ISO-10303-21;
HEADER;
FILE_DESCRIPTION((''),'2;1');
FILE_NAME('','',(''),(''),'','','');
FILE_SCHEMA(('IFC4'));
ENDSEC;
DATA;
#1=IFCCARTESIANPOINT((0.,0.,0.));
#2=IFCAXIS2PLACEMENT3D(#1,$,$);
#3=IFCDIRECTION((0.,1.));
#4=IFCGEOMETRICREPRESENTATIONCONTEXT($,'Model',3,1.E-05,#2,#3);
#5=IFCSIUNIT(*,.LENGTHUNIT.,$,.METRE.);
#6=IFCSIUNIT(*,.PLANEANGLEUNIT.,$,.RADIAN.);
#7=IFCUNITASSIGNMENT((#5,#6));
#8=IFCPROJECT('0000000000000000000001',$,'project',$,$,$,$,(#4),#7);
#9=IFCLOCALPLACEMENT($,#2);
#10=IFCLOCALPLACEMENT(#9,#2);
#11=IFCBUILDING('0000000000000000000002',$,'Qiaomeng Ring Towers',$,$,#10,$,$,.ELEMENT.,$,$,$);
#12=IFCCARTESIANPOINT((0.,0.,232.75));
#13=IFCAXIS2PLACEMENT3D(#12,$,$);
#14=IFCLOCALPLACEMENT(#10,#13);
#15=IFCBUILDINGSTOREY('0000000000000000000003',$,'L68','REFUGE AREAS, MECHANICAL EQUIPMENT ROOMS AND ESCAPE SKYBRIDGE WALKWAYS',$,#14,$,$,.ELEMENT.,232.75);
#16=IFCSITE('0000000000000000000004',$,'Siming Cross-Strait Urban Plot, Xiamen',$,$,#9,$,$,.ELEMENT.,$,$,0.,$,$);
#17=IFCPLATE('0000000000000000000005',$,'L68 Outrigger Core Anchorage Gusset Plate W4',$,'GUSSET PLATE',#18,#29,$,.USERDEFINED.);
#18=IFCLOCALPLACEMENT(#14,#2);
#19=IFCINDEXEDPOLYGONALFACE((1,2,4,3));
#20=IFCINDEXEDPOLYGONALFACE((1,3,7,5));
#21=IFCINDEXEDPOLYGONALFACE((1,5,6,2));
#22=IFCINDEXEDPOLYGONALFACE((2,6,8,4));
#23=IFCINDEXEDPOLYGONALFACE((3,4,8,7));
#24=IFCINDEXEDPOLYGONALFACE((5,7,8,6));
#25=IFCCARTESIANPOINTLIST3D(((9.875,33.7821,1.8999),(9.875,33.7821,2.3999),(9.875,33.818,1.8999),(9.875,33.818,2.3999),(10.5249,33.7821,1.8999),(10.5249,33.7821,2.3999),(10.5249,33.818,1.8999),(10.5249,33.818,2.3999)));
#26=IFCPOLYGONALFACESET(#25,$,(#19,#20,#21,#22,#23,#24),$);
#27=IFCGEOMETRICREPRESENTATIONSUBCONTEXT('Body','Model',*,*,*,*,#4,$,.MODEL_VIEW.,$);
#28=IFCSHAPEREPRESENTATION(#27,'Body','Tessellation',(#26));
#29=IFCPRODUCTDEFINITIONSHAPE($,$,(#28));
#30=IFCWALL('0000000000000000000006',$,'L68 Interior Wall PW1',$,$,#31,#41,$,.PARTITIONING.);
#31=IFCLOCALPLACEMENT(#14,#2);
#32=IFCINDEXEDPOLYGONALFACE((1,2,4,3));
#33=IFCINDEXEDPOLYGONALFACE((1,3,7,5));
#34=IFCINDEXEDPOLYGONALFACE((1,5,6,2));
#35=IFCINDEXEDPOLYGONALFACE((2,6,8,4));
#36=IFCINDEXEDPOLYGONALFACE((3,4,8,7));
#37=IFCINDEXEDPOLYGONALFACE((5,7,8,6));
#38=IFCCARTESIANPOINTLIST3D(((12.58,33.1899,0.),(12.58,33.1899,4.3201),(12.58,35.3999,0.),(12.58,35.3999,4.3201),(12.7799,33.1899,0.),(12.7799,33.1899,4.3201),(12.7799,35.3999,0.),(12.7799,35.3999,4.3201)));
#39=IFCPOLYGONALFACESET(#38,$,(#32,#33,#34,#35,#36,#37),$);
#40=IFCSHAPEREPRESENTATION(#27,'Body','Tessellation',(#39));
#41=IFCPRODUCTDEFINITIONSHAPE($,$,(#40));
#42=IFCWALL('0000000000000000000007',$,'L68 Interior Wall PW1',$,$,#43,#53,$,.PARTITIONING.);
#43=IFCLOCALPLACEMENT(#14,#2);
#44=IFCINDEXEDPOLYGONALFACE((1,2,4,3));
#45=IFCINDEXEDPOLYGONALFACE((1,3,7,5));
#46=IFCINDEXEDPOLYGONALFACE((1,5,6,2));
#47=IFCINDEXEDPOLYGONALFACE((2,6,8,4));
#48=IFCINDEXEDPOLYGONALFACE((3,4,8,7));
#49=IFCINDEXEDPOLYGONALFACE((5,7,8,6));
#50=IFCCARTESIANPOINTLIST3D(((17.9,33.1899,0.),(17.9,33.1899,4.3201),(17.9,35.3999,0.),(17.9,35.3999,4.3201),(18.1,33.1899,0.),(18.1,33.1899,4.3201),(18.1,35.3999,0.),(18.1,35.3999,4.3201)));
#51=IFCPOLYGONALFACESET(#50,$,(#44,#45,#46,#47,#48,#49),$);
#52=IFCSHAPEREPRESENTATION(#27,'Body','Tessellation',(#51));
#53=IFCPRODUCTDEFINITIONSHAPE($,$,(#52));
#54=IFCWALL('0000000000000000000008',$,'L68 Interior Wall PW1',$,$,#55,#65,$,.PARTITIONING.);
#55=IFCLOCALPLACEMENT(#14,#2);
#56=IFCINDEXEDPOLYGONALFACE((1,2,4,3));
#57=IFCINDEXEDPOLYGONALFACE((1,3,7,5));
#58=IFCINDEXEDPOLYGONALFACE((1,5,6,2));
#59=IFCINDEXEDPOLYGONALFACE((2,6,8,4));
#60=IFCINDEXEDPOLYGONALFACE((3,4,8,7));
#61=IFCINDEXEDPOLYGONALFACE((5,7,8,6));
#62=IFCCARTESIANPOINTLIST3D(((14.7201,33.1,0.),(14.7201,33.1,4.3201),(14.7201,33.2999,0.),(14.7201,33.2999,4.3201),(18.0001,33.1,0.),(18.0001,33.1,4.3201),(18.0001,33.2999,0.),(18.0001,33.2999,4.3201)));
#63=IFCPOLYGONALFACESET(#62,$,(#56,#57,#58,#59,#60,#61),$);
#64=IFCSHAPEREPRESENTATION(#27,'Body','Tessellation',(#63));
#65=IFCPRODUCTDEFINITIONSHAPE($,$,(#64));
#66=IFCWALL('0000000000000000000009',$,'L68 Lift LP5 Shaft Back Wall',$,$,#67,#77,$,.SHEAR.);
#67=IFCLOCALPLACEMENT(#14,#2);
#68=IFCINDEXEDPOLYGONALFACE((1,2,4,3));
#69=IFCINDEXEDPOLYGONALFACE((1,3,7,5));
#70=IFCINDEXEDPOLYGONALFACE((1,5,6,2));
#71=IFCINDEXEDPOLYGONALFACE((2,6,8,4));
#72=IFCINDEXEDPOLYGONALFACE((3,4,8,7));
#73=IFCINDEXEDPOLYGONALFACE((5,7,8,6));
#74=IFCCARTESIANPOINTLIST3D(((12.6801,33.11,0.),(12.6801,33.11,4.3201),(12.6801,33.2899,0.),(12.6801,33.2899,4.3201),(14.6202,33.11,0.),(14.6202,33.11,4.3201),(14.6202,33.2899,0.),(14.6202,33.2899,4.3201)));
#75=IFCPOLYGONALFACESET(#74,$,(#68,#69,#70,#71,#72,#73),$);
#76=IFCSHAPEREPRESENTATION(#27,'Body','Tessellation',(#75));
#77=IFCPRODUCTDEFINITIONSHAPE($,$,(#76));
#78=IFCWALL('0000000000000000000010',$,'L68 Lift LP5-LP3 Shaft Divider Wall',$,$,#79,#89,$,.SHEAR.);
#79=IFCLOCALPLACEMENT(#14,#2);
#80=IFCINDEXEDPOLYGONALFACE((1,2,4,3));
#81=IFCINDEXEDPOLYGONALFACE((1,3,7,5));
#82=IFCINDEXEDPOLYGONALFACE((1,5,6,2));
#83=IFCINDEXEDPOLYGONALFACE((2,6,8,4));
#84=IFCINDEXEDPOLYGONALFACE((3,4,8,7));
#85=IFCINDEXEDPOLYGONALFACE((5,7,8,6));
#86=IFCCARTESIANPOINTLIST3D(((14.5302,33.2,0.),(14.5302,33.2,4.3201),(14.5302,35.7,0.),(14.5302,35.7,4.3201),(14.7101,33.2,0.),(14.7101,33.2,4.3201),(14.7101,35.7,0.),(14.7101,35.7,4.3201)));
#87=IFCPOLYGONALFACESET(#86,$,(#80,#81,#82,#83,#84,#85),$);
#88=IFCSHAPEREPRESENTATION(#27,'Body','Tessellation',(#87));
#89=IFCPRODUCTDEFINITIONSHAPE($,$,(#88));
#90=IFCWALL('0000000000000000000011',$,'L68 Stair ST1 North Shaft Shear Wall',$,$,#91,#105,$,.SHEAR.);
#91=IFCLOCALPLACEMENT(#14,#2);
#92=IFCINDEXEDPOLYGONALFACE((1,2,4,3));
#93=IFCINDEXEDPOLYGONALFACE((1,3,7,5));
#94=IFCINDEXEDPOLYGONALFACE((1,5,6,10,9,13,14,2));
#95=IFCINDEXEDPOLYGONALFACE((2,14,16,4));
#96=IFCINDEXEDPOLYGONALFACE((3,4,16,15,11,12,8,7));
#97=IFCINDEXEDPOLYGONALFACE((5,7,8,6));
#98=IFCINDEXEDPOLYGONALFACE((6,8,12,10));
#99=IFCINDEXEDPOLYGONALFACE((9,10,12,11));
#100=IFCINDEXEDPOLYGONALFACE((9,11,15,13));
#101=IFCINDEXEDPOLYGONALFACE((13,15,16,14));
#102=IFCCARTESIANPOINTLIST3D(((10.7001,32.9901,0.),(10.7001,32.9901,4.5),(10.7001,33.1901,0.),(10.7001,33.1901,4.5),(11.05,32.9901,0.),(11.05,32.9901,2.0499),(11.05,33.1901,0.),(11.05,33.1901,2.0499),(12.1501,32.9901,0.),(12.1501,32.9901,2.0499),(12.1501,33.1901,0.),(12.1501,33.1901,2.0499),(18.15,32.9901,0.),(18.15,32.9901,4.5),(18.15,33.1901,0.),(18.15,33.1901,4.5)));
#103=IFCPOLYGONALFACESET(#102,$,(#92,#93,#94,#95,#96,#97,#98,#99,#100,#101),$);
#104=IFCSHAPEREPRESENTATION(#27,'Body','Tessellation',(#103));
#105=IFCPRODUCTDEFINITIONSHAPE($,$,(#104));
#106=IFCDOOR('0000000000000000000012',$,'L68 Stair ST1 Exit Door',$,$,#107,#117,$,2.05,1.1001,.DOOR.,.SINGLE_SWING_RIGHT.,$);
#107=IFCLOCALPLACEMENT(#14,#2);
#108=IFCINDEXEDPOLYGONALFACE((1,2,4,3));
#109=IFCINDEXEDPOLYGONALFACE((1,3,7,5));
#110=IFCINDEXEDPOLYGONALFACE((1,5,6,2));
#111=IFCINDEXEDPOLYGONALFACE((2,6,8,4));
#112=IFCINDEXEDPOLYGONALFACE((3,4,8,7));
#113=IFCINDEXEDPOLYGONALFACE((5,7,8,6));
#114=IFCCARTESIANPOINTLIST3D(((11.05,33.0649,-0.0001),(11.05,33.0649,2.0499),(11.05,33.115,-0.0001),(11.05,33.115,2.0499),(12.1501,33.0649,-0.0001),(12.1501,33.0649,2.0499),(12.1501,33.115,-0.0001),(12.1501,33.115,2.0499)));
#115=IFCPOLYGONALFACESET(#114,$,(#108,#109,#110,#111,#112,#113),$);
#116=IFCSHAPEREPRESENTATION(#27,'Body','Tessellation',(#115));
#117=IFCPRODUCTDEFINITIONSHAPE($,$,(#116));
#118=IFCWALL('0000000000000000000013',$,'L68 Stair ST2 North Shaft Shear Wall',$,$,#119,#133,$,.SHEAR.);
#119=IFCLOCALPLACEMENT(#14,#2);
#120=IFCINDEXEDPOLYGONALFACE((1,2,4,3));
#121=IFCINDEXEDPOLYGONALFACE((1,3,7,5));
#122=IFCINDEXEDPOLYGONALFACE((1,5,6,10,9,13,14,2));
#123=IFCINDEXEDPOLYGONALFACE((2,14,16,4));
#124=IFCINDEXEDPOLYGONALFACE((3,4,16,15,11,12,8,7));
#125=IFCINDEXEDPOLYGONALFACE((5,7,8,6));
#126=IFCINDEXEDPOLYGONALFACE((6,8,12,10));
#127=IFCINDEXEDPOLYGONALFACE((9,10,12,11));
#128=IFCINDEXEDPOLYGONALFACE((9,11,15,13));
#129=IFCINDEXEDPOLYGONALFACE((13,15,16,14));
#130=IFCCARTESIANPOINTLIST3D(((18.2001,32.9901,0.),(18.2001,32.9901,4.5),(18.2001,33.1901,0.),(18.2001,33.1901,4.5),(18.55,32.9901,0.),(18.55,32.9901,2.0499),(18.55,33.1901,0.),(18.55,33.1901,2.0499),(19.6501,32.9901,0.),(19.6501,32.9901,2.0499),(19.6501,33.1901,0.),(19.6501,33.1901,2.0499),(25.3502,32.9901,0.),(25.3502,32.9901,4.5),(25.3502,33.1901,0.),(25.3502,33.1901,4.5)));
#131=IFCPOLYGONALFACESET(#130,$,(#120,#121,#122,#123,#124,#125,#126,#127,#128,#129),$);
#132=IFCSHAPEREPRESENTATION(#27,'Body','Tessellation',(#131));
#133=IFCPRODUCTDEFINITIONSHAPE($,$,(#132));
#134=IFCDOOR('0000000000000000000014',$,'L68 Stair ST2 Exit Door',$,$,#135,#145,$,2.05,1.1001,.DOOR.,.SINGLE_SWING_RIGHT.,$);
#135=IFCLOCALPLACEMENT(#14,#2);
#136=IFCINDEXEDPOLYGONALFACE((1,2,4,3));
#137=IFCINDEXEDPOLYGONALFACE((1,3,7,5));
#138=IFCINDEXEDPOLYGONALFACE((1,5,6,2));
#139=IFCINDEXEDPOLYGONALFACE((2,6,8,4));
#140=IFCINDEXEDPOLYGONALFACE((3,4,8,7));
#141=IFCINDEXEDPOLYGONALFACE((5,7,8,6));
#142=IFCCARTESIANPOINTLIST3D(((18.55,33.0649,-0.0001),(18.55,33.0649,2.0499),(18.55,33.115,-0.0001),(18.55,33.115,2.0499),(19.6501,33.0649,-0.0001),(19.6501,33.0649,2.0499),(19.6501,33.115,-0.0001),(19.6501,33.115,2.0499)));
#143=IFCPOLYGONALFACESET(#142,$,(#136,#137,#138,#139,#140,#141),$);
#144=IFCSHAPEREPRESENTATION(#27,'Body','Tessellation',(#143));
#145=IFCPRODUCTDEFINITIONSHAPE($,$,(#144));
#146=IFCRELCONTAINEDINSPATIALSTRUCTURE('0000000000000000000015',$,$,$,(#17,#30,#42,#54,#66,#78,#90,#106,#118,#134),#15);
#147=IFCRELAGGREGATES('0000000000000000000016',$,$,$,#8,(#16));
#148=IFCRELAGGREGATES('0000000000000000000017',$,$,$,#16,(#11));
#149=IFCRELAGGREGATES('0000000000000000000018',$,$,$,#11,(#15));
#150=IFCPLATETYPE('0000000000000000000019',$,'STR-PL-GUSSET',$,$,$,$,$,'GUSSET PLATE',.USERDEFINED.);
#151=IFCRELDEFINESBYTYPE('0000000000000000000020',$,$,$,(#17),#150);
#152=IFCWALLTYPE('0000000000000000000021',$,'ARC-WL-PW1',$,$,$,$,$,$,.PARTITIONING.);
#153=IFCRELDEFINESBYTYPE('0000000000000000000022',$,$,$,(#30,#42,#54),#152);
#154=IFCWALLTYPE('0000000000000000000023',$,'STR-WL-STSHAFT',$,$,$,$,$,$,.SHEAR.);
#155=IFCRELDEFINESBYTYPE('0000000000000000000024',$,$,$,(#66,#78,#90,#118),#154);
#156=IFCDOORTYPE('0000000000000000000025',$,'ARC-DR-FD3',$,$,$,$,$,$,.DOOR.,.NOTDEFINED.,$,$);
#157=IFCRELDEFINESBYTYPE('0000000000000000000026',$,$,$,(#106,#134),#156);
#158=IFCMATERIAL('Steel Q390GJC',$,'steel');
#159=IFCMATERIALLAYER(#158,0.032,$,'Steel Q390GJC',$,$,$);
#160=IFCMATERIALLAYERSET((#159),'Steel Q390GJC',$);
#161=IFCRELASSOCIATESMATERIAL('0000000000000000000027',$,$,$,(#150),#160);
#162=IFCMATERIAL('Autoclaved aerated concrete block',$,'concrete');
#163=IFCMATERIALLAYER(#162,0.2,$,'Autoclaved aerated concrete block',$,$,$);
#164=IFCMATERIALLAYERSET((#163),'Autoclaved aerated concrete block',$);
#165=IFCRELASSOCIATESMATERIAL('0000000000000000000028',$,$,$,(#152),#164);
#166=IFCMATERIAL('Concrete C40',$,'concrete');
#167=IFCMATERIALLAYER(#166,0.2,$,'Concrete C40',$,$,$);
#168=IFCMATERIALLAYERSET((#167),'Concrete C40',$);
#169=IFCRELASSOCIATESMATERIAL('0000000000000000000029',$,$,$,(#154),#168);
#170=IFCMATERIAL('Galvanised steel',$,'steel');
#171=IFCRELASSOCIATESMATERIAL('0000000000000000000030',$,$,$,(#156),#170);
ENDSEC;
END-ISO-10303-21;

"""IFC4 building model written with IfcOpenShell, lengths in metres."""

from ifc_helpers import new_model, si_unit, direction, frame, frame_2d, origin, origin_2d, place, context, subcontext, project, spatial, rectangle, extrude, source, transform, mapped, material, layer, layer_set, type_object, element, fill, save


model = new_model("IFC4")

# Units and contexts
model_context = context("Model", 3, precision=1e-05, world=origin(), true_north=direction((0.0, 1.0)))
body_context = subcontext(model_context, "Body", "Model", "MODEL_VIEW")
ifc_project = project(units=[si_unit("LENGTHUNIT", "METRE"), si_unit("PLANEANGLEUNIT", "RADIAN")], contexts=[model_context])

# Site, building, storey
site_placement = place(None, origin())
site = spatial("IfcSite", under=ifc_project, at=site_placement, Name="Siming Cross-Strait Urban Plot, Xiamen", CompositionType="ELEMENT", RefElevation=0.0)
building_placement = place(site_placement, origin())
building = spatial("IfcBuilding", under=site, at=building_placement, Name="Qiaomeng Ring Towers", CompositionType="ELEMENT")
storey_placement = place(building_placement, frame((0.0, 0.0, 232.75)))
storey = spatial("IfcBuildingStorey", under=building, at=storey_placement, Name="L68", Description="REFUGE AREAS, MECHANICAL EQUIPMENT ROOMS AND ESCAPE SKYBRIDGE WALKWAYS", CompositionType="ELEMENT", Elevation=232.75)

# Shared definitions
ifc_material_1 = material(Name="Steel Q390GJC", Category="steel")

# Plate
ifc_layer_1 = layer(ifc_material_1, 0.032, Name="Steel Q390GJC")
ifc_layer_set_1 = layer_set([ifc_layer_1], Name="Steel Q390GJC")
plate_type = type_object("IfcPlateType", Name="STR-PL-GUSSET", ElementType="GUSSET PLATE", PredefinedType="USERDEFINED", material=ifc_layer_set_1)
shared_shape_1 = source(origin(), body_context, "Body", "SweptSolid", [
    extrude(rectangle(XDim=0.6499, YDim=0.0359, at=origin_2d()), origin(), (0.0, 0.0, 1.0), 0.5),
])
plate_placement = place(storey_placement, frame((10.2, 33.8, 1.8999), z_axis=(0.0, 0.0, 1.0), x_axis=(1.0, 0.0, 0.0)))
element("IfcPlate", 1, at=plate_placement, inside=storey, type_object=plate_type, Name="L68 Outrigger Core Anchorage Gusset Plate W4", ObjectType="GUSSET PLATE", PredefinedType="USERDEFINED", context=body_context, shape_type="MappedRepresentation", body=[
    mapped(shared_shape_1, transform((0.0, 0.0, 0.0), x_axis=(1.0, 0.0, 0.0), y_axis=(0.0, 1.0, 0.0), z_axis=(0.0, 0.0, 1.0), scale=1.0)),
])

# Walls
ifc_material_2 = material(Name="Autoclaved aerated concrete block", Category="concrete")
ifc_layer_2 = layer(ifc_material_2, 0.2, Name="Autoclaved aerated concrete block")
ifc_layer_set_2 = layer_set([ifc_layer_2], Name="Autoclaved aerated concrete block")
wall_type_1 = type_object("IfcWallType", Name="ARC-WL-PW1", PredefinedType="PARTITIONING", material=ifc_layer_set_2)
for number, where, z_axis, x_axis, name in (
    (2, (12.6799, 33.1899, 0.0), (0.0, 0.0, 1.0), (0.0, 1.0, 0.0), "L68 Interior Wall PW1"),
    (3, (18.0, 33.1899, 0.0), (0.0, 0.0, 1.0), (0.0, 1.0, 0.0), "L68 Interior Wall PW1"),
):
    element("IfcWall", number, at=place(storey_placement, frame(where, z_axis=z_axis, x_axis=x_axis)), inside=storey, type_object=wall_type_1, Name=name, PredefinedType="PARTITIONING", context=body_context, shape_type="SweptSolid", body=[
        extrude(rectangle(XDim=2.21, YDim=0.2, at=frame_2d((1.105, 0.0))), origin(), (0.0, 0.0, 1.0), 4.3201),
    ])
wall_1_placement = place(storey_placement, frame((14.72, 33.2, 0.0), z_axis=(0.0, 0.0, 1.0), x_axis=(1.0, 0.0, 0.0)))
element("IfcWall", 4, at=wall_1_placement, inside=storey, type_object=wall_type_1, Name="L68 Interior Wall PW1", PredefinedType="PARTITIONING", context=body_context, shape_type="SweptSolid", body=[
    extrude(rectangle(XDim=3.28, YDim=0.2, at=frame_2d((1.6401, 0.0))), origin(), (0.0, 0.0, 1.0), 4.3201),
])
ifc_material_3 = material(Name="Concrete C40", Category="concrete")
ifc_layer_3 = layer(ifc_material_3, 0.2, Name="Concrete C40")
ifc_layer_set_3 = layer_set([ifc_layer_3], Name="Concrete C40")
wall_type_2 = type_object("IfcWallType", Name="STR-WL-STSHAFT", PredefinedType="SHEAR", material=ifc_layer_set_3)
wall_2_placement = place(storey_placement, frame((12.6799, 33.2, 0.0), z_axis=(0.0, 0.0, 1.0), x_axis=(1.0, 0.0, 0.0)))
element("IfcWall", 5, at=wall_2_placement, inside=storey, type_object=wall_type_2, Name="L68 Lift LP5 Shaft Back Wall", PredefinedType="SHEAR", context=body_context, shape_type="SweptSolid", body=[
    extrude(rectangle(XDim=1.9402, YDim=0.1799, at=frame_2d((0.9702, 0.0))), origin(), (0.0, 0.0, 1.0), 4.3201),
])
wall_3_placement = place(storey_placement, frame((14.6201, 33.2, 0.0), z_axis=(0.0, 0.0, 1.0), x_axis=(0.0, 1.0, 0.0)))
element("IfcWall", 6, at=wall_3_placement, inside=storey, type_object=wall_type_2, Name="L68 Lift LP5-LP3 Shaft Divider Wall", PredefinedType="SHEAR", context=body_context, shape_type="SweptSolid", body=[
    extrude(rectangle(XDim=2.5, YDim=0.1799, at=frame_2d((1.25, 0.0))), origin(), (0.0, 0.0, 1.0), 4.3201),
])

# Walls, openings, doors
wall_4_placement = place(storey_placement, frame((10.7, 33.0901, 0.0), z_axis=(0.0, 0.0, 1.0), x_axis=(1.0, 0.0, 0.0)))
wall_4 = element("IfcWall", 7, at=wall_4_placement, inside=storey, type_object=wall_type_2, Name="L68 Stair ST1 North Shaft Shear Wall", PredefinedType="SHEAR", context=body_context, shape_type="SweptSolid", body=[
    extrude(rectangle(XDim=7.45, YDim=0.2, at=frame_2d((3.7251, 0.0))), origin(), (0.0, 0.0, 1.0), 4.5),
])
opening_1_placement = place(wall_4_placement, frame((0.3501, 0.0, 0.0)))
opening_1 = element("IfcOpeningElement", 8, at=opening_1_placement, cuts=wall_4, PredefinedType="OPENING", context=body_context, shape_type="SweptSolid", body=[
    extrude(rectangle(XDim=1.1001, YDim=2.05, at=frame_2d((0.55, 1.0249))), frame((0.0, 0.1099, 0.0), z_axis=(0.0, -1.0, 0.0), x_axis=(1.0, 0.0, 0.0)), (0.0, 0.0, 1.0), 0.22),
])
ifc_material_4 = material(Name="Galvanised steel", Category="steel")
door_type_1 = type_object("IfcDoorType", Name="ARC-DR-FD3", OperationType="NOTDEFINED", PredefinedType="DOOR", material=ifc_material_4)
shared_shape_2 = source(origin(), body_context, "Body", "SweptSolid", [
    extrude(rectangle(XDim=1.1001, YDim=2.05, at=frame_2d((0.55, 1.0249))), frame((0.0, 0.0249, 0.0), z_axis=(0.0, -1.0, 0.0), x_axis=(1.0, 0.0, 0.0)), (0.0, 0.0, 1.0), 0.05),
])
door_1_placement = place(opening_1_placement, origin())
door_1 = element("IfcDoor", 9, at=door_1_placement, inside=storey, type_object=door_type_1, Name="L68 Stair ST1 Exit Door", OperationType="SINGLE_SWING_RIGHT", OverallHeight=2.05, OverallWidth=1.1001, PredefinedType="DOOR", context=body_context, shape_type="MappedRepresentation", body=[
    mapped(shared_shape_2, transform((0.0, 0.0, 0.0), x_axis=(1.0, 0.0, 0.0), y_axis=(0.0, 1.0, 0.0), z_axis=(0.0, 0.0, 1.0), scale=1.0)),
])
fill(opening_1, door_1)
wall_5_placement = place(storey_placement, frame((18.2, 33.0901, 0.0), z_axis=(0.0, 0.0, 1.0), x_axis=(1.0, 0.0, 0.0)))
wall_5 = element("IfcWall", 10, at=wall_5_placement, inside=storey, type_object=wall_type_2, Name="L68 Stair ST2 North Shaft Shear Wall", PredefinedType="SHEAR", context=body_context, shape_type="SweptSolid", body=[
    extrude(rectangle(XDim=7.1501, YDim=0.2, at=frame_2d((3.5752, 0.0))), origin(), (0.0, 0.0, 1.0), 4.5),
])
opening_2_placement = place(wall_5_placement, frame((0.3501, 0.0, 0.0)))
opening_2 = element("IfcOpeningElement", 11, at=opening_2_placement, cuts=wall_5, PredefinedType="OPENING", context=body_context, shape_type="SweptSolid", body=[
    extrude(rectangle(XDim=1.1001, YDim=2.05, at=frame_2d((0.55, 1.0249))), frame((0.0, 0.1099, 0.0), z_axis=(0.0, -1.0, 0.0), x_axis=(1.0, 0.0, 0.0)), (0.0, 0.0, 1.0), 0.22),
])
door_2_placement = place(opening_2_placement, origin())
door_2 = element("IfcDoor", 12, at=door_2_placement, inside=storey, type_object=door_type_1, Name="L68 Stair ST2 Exit Door", OperationType="SINGLE_SWING_RIGHT", OverallHeight=2.05, OverallWidth=1.1001, PredefinedType="DOOR", context=body_context, shape_type="MappedRepresentation", body=[
    mapped(shared_shape_2, transform((0.0, 0.0, 0.0), x_axis=(1.0, 0.0, 0.0), y_axis=(0.0, 1.0, 0.0), z_axis=(0.0, 0.0, 1.0), scale=1.0)),
])
fill(opening_2, door_2)

save(model, "model.ifc")
